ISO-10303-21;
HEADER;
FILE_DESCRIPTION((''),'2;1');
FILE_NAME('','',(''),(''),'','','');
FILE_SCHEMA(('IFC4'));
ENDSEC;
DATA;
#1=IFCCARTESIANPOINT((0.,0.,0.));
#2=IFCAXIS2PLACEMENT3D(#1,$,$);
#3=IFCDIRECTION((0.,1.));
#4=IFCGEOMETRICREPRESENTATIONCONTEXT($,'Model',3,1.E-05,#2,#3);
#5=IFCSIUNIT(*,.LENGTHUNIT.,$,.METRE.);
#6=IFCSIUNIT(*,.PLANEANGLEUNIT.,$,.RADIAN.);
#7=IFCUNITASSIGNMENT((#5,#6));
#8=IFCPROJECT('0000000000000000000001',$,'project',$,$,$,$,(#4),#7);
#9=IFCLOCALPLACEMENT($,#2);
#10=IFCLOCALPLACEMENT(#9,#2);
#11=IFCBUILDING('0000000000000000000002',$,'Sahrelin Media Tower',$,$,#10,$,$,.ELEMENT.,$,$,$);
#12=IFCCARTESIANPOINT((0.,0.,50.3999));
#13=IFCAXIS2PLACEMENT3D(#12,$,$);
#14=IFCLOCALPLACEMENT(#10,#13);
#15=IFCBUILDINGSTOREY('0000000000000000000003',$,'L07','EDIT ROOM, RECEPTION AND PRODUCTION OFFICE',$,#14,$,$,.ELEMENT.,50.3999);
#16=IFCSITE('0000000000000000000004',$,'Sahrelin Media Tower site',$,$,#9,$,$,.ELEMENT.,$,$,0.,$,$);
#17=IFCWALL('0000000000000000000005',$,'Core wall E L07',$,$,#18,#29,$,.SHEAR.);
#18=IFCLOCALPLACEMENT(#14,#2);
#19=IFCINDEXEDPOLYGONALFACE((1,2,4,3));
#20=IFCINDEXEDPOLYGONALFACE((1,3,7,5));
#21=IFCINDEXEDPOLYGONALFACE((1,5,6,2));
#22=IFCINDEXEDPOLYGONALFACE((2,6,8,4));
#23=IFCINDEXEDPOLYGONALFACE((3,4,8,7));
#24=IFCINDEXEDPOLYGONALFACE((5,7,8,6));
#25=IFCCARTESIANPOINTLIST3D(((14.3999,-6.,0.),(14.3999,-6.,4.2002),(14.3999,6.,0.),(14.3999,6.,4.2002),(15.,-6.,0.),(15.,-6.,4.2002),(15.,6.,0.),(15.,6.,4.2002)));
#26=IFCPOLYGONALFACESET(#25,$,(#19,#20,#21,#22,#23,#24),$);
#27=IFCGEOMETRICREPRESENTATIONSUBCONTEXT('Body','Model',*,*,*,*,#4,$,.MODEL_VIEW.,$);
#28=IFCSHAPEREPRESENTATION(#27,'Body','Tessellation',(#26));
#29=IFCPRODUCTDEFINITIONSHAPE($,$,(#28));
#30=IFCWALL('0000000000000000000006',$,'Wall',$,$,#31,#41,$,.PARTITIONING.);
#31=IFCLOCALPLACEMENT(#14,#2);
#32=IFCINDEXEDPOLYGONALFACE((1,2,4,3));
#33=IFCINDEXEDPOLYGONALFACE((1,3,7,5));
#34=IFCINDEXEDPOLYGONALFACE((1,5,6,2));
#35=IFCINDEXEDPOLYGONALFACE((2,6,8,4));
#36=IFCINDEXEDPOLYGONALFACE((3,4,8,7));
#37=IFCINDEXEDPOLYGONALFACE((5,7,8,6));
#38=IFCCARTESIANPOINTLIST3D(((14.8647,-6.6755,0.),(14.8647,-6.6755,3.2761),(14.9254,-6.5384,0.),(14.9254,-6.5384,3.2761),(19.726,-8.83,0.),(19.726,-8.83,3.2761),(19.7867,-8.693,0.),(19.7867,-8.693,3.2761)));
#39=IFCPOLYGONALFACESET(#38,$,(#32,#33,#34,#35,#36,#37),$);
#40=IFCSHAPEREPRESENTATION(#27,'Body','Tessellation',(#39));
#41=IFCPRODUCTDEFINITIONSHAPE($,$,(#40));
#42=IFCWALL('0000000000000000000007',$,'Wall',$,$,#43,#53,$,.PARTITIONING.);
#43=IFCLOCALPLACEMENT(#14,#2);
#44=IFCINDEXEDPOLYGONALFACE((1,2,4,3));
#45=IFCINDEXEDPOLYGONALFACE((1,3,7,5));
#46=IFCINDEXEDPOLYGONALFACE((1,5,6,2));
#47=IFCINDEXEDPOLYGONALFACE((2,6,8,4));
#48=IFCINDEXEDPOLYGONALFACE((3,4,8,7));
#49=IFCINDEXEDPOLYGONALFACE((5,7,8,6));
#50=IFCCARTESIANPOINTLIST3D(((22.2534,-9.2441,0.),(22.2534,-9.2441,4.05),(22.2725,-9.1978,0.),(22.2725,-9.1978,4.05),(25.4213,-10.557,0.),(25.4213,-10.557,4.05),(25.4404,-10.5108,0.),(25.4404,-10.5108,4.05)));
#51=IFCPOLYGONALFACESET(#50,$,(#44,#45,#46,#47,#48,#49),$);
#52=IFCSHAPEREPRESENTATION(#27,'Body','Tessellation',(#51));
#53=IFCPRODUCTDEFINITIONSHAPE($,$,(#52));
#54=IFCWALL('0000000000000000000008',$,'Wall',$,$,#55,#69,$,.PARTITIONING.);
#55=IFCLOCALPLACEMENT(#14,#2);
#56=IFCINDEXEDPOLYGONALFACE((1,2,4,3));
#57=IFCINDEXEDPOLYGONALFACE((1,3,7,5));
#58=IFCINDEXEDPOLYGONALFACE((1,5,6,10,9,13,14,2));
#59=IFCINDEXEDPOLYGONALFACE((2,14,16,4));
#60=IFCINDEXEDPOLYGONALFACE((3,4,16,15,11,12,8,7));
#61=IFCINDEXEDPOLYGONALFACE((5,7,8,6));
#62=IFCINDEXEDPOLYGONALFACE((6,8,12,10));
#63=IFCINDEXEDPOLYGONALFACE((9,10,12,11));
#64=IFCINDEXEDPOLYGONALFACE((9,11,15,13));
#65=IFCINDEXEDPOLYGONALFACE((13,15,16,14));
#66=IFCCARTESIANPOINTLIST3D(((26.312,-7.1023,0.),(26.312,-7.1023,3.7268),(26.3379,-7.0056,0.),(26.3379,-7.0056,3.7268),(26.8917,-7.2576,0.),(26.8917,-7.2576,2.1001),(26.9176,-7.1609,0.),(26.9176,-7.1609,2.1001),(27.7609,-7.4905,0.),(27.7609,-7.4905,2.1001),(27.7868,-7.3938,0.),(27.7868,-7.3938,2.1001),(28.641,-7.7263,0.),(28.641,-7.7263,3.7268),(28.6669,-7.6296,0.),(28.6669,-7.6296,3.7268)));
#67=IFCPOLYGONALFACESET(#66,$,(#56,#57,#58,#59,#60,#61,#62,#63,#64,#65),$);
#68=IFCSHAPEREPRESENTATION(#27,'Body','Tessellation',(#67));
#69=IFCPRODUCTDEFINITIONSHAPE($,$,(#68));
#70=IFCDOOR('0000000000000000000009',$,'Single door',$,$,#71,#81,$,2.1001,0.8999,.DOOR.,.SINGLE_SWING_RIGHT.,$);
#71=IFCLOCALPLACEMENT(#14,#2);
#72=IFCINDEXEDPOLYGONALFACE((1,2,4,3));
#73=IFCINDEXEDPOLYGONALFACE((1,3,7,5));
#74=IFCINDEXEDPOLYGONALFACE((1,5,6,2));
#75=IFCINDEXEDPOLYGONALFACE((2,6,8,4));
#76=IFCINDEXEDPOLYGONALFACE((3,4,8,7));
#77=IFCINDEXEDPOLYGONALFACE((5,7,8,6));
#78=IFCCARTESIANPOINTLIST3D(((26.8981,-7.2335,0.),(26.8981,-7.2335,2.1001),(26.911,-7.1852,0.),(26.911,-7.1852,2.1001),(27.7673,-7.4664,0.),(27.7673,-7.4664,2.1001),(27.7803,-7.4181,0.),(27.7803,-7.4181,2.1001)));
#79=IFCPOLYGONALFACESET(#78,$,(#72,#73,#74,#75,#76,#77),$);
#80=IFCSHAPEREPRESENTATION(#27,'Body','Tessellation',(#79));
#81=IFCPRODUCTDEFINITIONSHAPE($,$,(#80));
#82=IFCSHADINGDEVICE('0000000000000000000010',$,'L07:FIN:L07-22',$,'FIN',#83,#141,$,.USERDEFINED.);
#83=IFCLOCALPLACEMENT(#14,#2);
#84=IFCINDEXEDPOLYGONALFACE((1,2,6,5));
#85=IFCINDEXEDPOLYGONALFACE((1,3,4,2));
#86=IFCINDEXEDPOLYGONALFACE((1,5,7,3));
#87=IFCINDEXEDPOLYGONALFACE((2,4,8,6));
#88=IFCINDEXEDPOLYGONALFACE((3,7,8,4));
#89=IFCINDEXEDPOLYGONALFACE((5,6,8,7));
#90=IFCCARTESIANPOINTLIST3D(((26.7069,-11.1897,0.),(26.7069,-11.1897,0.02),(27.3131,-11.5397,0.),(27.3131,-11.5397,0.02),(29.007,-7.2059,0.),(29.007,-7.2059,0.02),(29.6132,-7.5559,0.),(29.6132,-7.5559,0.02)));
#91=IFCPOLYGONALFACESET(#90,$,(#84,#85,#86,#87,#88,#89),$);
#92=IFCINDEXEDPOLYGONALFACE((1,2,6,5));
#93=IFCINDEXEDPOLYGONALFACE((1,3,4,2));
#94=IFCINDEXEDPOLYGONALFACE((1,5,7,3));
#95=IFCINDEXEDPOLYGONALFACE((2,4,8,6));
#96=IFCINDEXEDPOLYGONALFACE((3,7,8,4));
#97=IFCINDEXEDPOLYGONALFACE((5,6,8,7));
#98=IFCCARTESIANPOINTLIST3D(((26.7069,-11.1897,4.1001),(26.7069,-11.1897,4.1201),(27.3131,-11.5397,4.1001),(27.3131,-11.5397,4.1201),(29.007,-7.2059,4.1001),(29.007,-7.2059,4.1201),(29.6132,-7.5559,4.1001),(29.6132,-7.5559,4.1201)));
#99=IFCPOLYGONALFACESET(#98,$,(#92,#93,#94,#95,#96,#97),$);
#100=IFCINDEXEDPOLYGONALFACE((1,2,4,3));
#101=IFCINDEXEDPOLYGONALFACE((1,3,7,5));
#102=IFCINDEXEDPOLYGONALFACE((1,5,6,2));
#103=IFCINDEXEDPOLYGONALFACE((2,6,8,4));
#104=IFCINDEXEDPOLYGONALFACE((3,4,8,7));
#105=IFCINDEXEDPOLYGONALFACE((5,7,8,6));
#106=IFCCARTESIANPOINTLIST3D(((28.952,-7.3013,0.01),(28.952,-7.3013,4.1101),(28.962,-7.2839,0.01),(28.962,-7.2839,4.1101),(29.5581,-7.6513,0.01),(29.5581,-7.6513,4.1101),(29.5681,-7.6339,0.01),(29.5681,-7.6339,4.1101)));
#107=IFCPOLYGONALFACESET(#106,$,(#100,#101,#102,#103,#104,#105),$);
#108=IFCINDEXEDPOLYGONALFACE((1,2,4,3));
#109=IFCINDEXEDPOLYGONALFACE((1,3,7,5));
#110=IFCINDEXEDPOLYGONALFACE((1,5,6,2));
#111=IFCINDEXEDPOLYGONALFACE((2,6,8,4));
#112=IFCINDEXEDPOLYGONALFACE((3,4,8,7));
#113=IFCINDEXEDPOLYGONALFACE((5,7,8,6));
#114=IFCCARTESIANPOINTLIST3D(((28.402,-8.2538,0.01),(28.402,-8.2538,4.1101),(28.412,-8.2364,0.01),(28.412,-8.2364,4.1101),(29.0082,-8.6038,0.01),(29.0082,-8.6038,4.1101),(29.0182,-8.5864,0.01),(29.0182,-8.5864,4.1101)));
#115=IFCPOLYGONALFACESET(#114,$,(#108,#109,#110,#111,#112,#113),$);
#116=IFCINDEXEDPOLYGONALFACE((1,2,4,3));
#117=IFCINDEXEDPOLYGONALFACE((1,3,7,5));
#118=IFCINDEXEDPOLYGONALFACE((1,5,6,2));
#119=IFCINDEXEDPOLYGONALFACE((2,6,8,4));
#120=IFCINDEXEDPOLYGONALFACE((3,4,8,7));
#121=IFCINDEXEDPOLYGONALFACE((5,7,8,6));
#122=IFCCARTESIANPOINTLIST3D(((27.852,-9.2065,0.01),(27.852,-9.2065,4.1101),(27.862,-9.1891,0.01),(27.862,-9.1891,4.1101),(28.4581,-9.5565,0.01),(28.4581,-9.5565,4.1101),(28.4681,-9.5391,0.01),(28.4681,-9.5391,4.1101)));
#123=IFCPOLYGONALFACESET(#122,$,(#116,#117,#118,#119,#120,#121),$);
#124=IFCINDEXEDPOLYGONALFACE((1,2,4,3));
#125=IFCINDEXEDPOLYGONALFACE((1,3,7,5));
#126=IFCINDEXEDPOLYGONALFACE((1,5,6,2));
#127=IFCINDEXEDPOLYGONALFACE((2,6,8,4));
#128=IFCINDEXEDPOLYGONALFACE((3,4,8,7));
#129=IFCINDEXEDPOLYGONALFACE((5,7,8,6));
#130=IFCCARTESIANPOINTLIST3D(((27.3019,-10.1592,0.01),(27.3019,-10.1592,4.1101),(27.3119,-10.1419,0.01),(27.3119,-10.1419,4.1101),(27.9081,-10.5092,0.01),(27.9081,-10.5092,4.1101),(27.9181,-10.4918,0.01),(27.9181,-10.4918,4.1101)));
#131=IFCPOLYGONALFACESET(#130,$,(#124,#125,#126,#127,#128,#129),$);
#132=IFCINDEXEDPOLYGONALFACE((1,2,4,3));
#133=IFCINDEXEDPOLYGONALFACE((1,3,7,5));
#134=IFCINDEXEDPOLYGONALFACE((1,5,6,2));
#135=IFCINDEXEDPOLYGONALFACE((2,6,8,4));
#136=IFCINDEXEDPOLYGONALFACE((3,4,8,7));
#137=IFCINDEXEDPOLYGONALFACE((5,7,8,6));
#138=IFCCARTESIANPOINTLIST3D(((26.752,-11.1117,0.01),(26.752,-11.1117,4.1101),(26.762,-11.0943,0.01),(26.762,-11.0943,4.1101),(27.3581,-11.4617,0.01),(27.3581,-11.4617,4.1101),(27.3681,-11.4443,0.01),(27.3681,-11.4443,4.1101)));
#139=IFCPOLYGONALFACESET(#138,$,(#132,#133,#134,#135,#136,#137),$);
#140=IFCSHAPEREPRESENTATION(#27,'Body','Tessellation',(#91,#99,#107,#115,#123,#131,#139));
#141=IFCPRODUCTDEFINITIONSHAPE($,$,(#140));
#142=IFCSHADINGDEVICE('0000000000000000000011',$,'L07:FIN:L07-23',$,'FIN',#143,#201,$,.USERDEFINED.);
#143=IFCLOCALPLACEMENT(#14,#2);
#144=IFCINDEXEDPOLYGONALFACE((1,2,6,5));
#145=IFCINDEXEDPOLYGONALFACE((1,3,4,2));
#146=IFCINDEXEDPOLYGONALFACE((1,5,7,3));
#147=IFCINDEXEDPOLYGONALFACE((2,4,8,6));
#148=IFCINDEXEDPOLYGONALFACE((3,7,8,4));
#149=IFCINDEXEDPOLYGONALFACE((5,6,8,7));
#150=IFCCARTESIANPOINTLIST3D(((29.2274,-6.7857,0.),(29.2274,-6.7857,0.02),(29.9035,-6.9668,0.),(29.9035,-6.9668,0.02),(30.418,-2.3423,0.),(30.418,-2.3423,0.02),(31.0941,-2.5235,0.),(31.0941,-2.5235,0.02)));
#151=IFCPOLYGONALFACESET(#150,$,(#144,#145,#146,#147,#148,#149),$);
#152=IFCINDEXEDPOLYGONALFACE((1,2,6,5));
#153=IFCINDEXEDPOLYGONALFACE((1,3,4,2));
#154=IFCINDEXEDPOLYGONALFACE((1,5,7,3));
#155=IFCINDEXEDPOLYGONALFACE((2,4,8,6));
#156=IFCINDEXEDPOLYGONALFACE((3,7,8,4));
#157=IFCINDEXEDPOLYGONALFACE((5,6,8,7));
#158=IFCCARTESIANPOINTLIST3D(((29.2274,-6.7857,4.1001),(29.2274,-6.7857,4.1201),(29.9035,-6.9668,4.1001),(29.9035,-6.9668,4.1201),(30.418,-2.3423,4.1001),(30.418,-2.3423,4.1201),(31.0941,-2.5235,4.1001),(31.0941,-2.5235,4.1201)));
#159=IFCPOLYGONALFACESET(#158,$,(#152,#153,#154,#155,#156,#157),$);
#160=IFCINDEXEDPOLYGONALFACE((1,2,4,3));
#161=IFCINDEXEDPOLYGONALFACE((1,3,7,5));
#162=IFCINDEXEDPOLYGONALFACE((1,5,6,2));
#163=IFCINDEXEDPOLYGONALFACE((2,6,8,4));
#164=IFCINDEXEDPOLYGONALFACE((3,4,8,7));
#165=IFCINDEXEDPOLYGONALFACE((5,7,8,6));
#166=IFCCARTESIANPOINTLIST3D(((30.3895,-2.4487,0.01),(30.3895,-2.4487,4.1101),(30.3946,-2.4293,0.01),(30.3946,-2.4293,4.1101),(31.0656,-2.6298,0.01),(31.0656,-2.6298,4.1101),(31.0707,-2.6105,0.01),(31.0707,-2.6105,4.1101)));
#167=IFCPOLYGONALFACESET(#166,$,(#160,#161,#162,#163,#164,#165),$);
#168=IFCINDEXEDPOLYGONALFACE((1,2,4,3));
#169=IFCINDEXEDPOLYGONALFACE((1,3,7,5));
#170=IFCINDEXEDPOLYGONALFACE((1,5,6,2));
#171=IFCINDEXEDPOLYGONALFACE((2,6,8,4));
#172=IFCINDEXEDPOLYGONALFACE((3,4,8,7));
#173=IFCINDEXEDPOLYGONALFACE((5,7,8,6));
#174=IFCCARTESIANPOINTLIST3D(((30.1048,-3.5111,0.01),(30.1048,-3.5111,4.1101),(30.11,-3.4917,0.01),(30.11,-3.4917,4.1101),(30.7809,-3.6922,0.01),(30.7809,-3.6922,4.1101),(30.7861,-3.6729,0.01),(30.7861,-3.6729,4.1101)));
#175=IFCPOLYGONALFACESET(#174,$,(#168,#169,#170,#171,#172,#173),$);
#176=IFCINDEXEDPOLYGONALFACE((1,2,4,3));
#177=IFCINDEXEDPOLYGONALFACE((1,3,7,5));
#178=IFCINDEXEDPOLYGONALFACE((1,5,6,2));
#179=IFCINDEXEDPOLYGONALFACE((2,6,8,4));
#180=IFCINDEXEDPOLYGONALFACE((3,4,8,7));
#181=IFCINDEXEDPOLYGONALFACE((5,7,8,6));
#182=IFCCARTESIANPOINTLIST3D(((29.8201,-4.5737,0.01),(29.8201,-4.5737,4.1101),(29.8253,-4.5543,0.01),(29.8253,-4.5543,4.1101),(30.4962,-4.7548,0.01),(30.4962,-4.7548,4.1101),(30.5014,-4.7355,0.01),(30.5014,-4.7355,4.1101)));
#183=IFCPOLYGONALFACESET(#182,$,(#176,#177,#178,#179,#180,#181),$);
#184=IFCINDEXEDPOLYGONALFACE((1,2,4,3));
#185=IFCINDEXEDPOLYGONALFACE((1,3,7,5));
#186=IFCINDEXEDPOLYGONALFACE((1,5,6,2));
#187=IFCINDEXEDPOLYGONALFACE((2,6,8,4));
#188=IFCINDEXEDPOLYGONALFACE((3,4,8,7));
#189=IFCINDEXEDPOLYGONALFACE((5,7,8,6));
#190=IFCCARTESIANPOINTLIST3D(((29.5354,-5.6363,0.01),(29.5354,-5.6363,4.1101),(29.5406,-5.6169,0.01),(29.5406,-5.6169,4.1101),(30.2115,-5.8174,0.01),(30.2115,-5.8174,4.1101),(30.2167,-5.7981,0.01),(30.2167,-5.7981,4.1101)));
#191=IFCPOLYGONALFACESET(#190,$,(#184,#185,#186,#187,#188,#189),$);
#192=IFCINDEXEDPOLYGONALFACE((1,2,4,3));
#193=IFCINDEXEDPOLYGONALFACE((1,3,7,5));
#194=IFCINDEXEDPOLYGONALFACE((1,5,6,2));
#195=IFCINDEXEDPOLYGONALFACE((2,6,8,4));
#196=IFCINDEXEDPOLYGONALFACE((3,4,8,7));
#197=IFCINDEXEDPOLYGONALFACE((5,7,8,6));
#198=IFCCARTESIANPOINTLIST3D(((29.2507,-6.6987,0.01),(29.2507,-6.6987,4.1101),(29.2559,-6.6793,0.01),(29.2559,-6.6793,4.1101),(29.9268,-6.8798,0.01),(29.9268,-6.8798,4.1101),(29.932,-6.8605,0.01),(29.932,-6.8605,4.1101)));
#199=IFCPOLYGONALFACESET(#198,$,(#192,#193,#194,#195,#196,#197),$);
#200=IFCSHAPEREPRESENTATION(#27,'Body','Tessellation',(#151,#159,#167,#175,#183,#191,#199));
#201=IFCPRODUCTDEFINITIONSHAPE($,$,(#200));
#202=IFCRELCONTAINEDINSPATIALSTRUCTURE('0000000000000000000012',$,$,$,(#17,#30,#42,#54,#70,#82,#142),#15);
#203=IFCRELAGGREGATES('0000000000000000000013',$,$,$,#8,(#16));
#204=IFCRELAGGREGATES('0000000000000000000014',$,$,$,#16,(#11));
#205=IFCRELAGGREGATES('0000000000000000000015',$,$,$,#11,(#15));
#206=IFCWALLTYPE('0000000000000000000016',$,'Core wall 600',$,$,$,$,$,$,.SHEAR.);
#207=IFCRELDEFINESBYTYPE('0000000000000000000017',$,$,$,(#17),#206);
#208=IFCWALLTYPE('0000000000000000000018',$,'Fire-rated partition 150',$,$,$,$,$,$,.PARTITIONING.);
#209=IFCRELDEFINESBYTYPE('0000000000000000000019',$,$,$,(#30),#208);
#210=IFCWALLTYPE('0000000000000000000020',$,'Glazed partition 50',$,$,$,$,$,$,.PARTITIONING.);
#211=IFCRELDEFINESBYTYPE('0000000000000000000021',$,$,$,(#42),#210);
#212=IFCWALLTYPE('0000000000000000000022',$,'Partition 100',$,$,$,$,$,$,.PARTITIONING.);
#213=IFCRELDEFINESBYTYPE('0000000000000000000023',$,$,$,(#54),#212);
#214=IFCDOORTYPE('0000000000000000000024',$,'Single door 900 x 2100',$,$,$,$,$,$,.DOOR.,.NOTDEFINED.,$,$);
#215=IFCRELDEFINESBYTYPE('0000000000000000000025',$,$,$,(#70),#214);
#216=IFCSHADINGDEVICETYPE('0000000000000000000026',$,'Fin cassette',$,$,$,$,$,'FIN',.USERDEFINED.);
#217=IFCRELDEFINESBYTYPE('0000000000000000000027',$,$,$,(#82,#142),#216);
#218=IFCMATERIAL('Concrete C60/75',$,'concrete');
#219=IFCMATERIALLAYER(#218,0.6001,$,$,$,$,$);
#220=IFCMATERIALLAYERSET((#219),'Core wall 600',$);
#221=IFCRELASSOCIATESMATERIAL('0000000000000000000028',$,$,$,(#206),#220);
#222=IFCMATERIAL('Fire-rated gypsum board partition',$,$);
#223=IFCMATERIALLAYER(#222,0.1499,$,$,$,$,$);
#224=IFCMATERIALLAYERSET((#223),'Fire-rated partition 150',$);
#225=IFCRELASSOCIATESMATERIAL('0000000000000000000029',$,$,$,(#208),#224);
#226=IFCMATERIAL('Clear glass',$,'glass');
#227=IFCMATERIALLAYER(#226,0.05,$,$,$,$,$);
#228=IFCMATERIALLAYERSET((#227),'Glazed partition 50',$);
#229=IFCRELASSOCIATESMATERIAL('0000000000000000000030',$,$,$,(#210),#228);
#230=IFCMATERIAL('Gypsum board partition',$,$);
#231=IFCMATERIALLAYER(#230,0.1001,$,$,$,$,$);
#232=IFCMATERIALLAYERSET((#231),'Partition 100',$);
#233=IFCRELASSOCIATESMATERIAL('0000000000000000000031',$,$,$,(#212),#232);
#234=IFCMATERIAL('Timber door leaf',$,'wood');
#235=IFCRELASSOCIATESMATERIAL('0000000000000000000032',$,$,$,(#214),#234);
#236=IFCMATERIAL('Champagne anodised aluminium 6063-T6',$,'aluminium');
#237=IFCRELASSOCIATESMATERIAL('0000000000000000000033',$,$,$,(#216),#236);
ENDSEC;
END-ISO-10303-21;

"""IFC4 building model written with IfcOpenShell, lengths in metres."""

from ifc_helpers import new_model, si_unit, direction, frame, frame_2d, origin, origin_2d, place, context, subcontext, project, spatial, rectangle, extrude, material, layer, layer_set, type_object, element, fill, save


model = new_model("IFC4")

# Units and contexts
model_context = context("Model", 3, precision=1e-05, world=origin(), true_north=direction((0.0, 1.0)))
body_context = subcontext(model_context, "Body", "Model", "MODEL_VIEW")
ifc_project = project(units=[si_unit("LENGTHUNIT", "METRE"), si_unit("PLANEANGLEUNIT", "RADIAN")], contexts=[model_context])

# Site, building, storey
site_placement = place(None, origin())
site = spatial("IfcSite", under=ifc_project, at=site_placement, Name="Sahrelin Media Tower site", CompositionType="ELEMENT", RefElevation=0.0)
building_placement = place(site_placement, origin())
building = spatial("IfcBuilding", under=site, at=building_placement, Name="Sahrelin Media Tower", CompositionType="ELEMENT")
storey_placement = place(building_placement, frame((0.0, 0.0, 50.3999)))
storey = spatial("IfcBuildingStorey", under=building, at=storey_placement, Name="L07", Description="EDIT ROOM, RECEPTION AND PRODUCTION OFFICE", CompositionType="ELEMENT", Elevation=50.3999)

# Shared definitions
ifc_material_1 = material(Name="Champagne anodised aluminium 6063-T6", Category="aluminium")

# Walls
ifc_material_2 = material(Name="Concrete C60/75", Category="concrete")
ifc_layer_1 = layer(ifc_material_2, 0.6001)
ifc_layer_set_1 = layer_set([ifc_layer_1], Name="Core wall 600")
wall_type_1 = type_object("IfcWallType", Name="Core wall 600", PredefinedType="SHEAR", material=ifc_layer_set_1)
wall_1_placement = place(storey_placement, frame((14.7, -6.0, 0.0), z_axis=(0.0, 0.0, 1.0), x_axis=(0.0, 1.0, 0.0)))
element("IfcWall", 1, at=wall_1_placement, inside=storey, type_object=wall_type_1, Name="Core wall E L07", PredefinedType="SHEAR", context=body_context, shape_type="SweptSolid", body=[
    extrude(rectangle(XDim=12.0, YDim=0.6001, at=frame_2d((6.0, 0.0))), origin(), (0.0, 0.0, 1.0), 4.2002),
])
ifc_material_3 = material(Name="Fire-rated gypsum board partition")
ifc_layer_2 = layer(ifc_material_3, 0.1499)
ifc_layer_set_2 = layer_set([ifc_layer_2], Name="Fire-rated partition 150")
wall_type_2 = type_object("IfcWallType", Name="Fire-rated partition 150", PredefinedType="PARTITIONING", material=ifc_layer_set_2)
wall_2_placement = place(storey_placement, frame((14.895, -6.6069, 0.0), z_axis=(0.0, 0.0, 1.0), x_axis=(0.914233, -0.405188, 0.0)))
element("IfcWall", 2, at=wall_2_placement, inside=storey, type_object=wall_type_2, Name="Wall", PredefinedType="PARTITIONING", context=body_context, shape_type="SweptSolid", body=[
    extrude(rectangle(XDim=5.3174, YDim=0.1499, at=frame_2d((2.6587, 0.0))), origin(), (0.0, 0.0, 1.0), 3.2761),
])
ifc_material_4 = material(Name="Clear glass", Category="glass")
ifc_layer_3 = layer(ifc_material_4, 0.05)
ifc_layer_set_3 = layer_set([ifc_layer_3], Name="Glazed partition 50")
wall_type_3 = type_object("IfcWallType", Name="Glazed partition 50", PredefinedType="PARTITIONING", material=ifc_layer_set_3)
wall_3_placement = place(storey_placement, frame((22.2629, -9.2209, 0.0), z_axis=(0.0, 0.0, 1.0), x_axis=(0.9238, -0.382876, 0.0)))
element("IfcWall", 3, at=wall_3_placement, inside=storey, type_object=wall_type_3, Name="Wall", PredefinedType="PARTITIONING", context=body_context, shape_type="SweptSolid", body=[
    extrude(rectangle(XDim=3.4292, YDim=0.05, at=frame_2d((1.7146, 0.0))), origin(), (0.0, 0.0, 1.0), 4.05),
])

# Wall, opening, door
ifc_material_5 = material(Name="Gypsum board partition")
ifc_layer_4 = layer(ifc_material_5, 0.1001)
ifc_layer_set_4 = layer_set([ifc_layer_4], Name="Partition 100")
wall_type_4 = type_object("IfcWallType", Name="Partition 100", PredefinedType="PARTITIONING", material=ifc_layer_set_4)
wall_4_placement = place(storey_placement, frame((26.325, -7.054, 0.0), z_axis=(0.0, 0.0, 1.0), x_axis=(0.965932, -0.258797, 0.0)))
wall_4 = element("IfcWall", 4, at=wall_4_placement, inside=storey, type_object=wall_type_4, Name="Wall", PredefinedType="PARTITIONING", context=body_context, shape_type="SweptSolid", body=[
    extrude(rectangle(XDim=2.4111, YDim=0.1001, at=frame_2d((1.2056, 0.0))), origin(), (0.0, 0.0, 1.0), 3.7268),
])
opening_placement = place(wall_4_placement, frame((0.6001, 0.0, 0.0)))
opening = element("IfcOpeningElement", 5, at=opening_placement, cuts=wall_4, PredefinedType="OPENING", context=body_context, shape_type="SweptSolid", body=[
    extrude(rectangle(XDim=0.8999, YDim=2.1001, at=frame_2d((0.45, 1.05))), frame((0.0, 0.05, 0.0), z_axis=(0.0, -1.0, 0.0), x_axis=(1.0, 0.0, 0.0)), (0.0, 0.0, 1.0), 0.1001),
])
ifc_material_6 = material(Name="Timber door leaf", Category="wood")
door_type = type_object("IfcDoorType", Name="Single door 900 x 2100", OperationType="NOTDEFINED", PredefinedType="DOOR", material=ifc_material_6)
door_placement = place(opening_placement, origin())
door = element("IfcDoor", 6, at=door_placement, inside=storey, type_object=door_type, Name="Single door", OperationType="SINGLE_SWING_RIGHT", OverallHeight=2.1001, OverallWidth=0.8999, PredefinedType="DOOR", context=body_context, shape_type="SweptSolid", body=[
    extrude(rectangle(XDim=0.8999, YDim=2.1001, at=frame_2d((0.45, 1.05))), frame((0.0, 0.0249, 0.0), z_axis=(0.0, -1.0, 0.0), x_axis=(1.0, 0.0, 0.0)), (0.0, 0.0, 1.0), 0.05),
])
fill(opening, door)

# Shading devices
shading_device_type_1 = type_object("IfcShadingDeviceType", Name="Fin cassette", ElementType="FIN", PredefinedType="USERDEFINED", material=ifc_material_1)
placement_1 = place(storey_placement, frame((27.7964, -9.1628, 0.0), z_axis=(0.0, 0.0, 1.0), x_axis=(-0.500011, -0.866019, 0.0)))
element("IfcShadingDevice", 7, at=placement_1, inside=storey, type_object=shading_device_type_1, Name="L07:FIN:L07-22", ObjectType="FIN", PredefinedType="USERDEFINED", context=body_context, shape_type="SweptSolid", body=[
    extrude(rectangle(XDim=4.6001, YDim=0.7, at=origin_2d()), frame((0.0, 0.4199, 0.0)), (0.0, 0.0, 1.0), 0.02),
    extrude(rectangle(XDim=4.6001, YDim=0.7, at=origin_2d()), frame((0.0, 0.4199, 4.1001)), (0.0, 0.0, 1.0), 0.02),
    extrude(rectangle(XDim=0.02, YDim=0.7, at=origin_2d()), frame((-2.2, 0.4199, 0.01), z_axis=(0.0, 0.0, 1.0), x_axis=(1.0, 0.0, 0.0)), (0.0, 0.0, 1.0), 4.1001),
    extrude(rectangle(XDim=0.02, YDim=0.7, at=origin_2d()), frame((-1.1001, 0.4199, 0.01), z_axis=(0.0, 0.0, 1.0), x_axis=(1.0, 0.0, 0.0)), (0.0, 0.0, 1.0), 4.1001),
    extrude(rectangle(XDim=0.02, YDim=0.7, at=origin_2d()), frame((0.0, 0.4199, 0.01), z_axis=(0.0, 0.0, 1.0), x_axis=(1.0, 0.0, 0.0)), (0.0, 0.0, 1.0), 4.1001),
    extrude(rectangle(XDim=0.02, YDim=0.7, at=origin_2d()), frame((1.1001, 0.4199, 0.01), z_axis=(0.0, 0.0, 1.0), x_axis=(1.0, 0.0, 0.0)), (0.0, 0.0, 1.0), 4.1001),
    extrude(rectangle(XDim=0.02, YDim=0.7, at=origin_2d()), frame((2.2, 0.4199, 0.01), z_axis=(0.0, 0.0, 1.0), x_axis=(1.0, 0.0, 0.0)), (0.0, 0.0, 1.0), 4.1001),
])
placement_2 = place(storey_placement, frame((29.7551, -4.5459, 0.0), z_axis=(0.0, 0.0, 1.0), x_axis=(-0.258808, -0.965929, 0.0)))
element("IfcShadingDevice", 8, at=placement_2, inside=storey, type_object=shading_device_type_1, Name="L07:FIN:L07-23", ObjectType="FIN", PredefinedType="USERDEFINED", context=body_context, shape_type="SweptSolid", body=[
    extrude(rectangle(XDim=4.6001, YDim=0.7, at=origin_2d()), frame((0.0, 0.4199, 0.0)), (0.0, 0.0, 1.0), 0.02),
    extrude(rectangle(XDim=4.6001, YDim=0.7, at=origin_2d()), frame((0.0, 0.4199, 4.1001)), (0.0, 0.0, 1.0), 0.02),
    extrude(rectangle(XDim=0.02, YDim=0.7, at=origin_2d()), frame((-2.2, 0.4199, 0.01), z_axis=(0.0, 0.0, 1.0), x_axis=(1.0, 0.0, 0.0)), (0.0, 0.0, 1.0), 4.1001),
    extrude(rectangle(XDim=0.02, YDim=0.7, at=origin_2d()), frame((-1.1001, 0.4199, 0.01), z_axis=(0.0, 0.0, 1.0), x_axis=(1.0, 0.0, 0.0)), (0.0, 0.0, 1.0), 4.1001),
    extrude(rectangle(XDim=0.02, YDim=0.7, at=origin_2d()), frame((0.0, 0.4199, 0.01), z_axis=(0.0, 0.0, 1.0), x_axis=(1.0, 0.0, 0.0)), (0.0, 0.0, 1.0), 4.1001),
    extrude(rectangle(XDim=0.02, YDim=0.7, at=origin_2d()), frame((1.1001, 0.4199, 0.01), z_axis=(0.0, 0.0, 1.0), x_axis=(1.0, 0.0, 0.0)), (0.0, 0.0, 1.0), 4.1001),
    extrude(rectangle(XDim=0.02, YDim=0.7, at=origin_2d()), frame((2.2, 0.4199, 0.01), z_axis=(0.0, 0.0, 1.0), x_axis=(1.0, 0.0, 0.0)), (0.0, 0.0, 1.0), 4.1001),
])

save(model, "model.ifc")
